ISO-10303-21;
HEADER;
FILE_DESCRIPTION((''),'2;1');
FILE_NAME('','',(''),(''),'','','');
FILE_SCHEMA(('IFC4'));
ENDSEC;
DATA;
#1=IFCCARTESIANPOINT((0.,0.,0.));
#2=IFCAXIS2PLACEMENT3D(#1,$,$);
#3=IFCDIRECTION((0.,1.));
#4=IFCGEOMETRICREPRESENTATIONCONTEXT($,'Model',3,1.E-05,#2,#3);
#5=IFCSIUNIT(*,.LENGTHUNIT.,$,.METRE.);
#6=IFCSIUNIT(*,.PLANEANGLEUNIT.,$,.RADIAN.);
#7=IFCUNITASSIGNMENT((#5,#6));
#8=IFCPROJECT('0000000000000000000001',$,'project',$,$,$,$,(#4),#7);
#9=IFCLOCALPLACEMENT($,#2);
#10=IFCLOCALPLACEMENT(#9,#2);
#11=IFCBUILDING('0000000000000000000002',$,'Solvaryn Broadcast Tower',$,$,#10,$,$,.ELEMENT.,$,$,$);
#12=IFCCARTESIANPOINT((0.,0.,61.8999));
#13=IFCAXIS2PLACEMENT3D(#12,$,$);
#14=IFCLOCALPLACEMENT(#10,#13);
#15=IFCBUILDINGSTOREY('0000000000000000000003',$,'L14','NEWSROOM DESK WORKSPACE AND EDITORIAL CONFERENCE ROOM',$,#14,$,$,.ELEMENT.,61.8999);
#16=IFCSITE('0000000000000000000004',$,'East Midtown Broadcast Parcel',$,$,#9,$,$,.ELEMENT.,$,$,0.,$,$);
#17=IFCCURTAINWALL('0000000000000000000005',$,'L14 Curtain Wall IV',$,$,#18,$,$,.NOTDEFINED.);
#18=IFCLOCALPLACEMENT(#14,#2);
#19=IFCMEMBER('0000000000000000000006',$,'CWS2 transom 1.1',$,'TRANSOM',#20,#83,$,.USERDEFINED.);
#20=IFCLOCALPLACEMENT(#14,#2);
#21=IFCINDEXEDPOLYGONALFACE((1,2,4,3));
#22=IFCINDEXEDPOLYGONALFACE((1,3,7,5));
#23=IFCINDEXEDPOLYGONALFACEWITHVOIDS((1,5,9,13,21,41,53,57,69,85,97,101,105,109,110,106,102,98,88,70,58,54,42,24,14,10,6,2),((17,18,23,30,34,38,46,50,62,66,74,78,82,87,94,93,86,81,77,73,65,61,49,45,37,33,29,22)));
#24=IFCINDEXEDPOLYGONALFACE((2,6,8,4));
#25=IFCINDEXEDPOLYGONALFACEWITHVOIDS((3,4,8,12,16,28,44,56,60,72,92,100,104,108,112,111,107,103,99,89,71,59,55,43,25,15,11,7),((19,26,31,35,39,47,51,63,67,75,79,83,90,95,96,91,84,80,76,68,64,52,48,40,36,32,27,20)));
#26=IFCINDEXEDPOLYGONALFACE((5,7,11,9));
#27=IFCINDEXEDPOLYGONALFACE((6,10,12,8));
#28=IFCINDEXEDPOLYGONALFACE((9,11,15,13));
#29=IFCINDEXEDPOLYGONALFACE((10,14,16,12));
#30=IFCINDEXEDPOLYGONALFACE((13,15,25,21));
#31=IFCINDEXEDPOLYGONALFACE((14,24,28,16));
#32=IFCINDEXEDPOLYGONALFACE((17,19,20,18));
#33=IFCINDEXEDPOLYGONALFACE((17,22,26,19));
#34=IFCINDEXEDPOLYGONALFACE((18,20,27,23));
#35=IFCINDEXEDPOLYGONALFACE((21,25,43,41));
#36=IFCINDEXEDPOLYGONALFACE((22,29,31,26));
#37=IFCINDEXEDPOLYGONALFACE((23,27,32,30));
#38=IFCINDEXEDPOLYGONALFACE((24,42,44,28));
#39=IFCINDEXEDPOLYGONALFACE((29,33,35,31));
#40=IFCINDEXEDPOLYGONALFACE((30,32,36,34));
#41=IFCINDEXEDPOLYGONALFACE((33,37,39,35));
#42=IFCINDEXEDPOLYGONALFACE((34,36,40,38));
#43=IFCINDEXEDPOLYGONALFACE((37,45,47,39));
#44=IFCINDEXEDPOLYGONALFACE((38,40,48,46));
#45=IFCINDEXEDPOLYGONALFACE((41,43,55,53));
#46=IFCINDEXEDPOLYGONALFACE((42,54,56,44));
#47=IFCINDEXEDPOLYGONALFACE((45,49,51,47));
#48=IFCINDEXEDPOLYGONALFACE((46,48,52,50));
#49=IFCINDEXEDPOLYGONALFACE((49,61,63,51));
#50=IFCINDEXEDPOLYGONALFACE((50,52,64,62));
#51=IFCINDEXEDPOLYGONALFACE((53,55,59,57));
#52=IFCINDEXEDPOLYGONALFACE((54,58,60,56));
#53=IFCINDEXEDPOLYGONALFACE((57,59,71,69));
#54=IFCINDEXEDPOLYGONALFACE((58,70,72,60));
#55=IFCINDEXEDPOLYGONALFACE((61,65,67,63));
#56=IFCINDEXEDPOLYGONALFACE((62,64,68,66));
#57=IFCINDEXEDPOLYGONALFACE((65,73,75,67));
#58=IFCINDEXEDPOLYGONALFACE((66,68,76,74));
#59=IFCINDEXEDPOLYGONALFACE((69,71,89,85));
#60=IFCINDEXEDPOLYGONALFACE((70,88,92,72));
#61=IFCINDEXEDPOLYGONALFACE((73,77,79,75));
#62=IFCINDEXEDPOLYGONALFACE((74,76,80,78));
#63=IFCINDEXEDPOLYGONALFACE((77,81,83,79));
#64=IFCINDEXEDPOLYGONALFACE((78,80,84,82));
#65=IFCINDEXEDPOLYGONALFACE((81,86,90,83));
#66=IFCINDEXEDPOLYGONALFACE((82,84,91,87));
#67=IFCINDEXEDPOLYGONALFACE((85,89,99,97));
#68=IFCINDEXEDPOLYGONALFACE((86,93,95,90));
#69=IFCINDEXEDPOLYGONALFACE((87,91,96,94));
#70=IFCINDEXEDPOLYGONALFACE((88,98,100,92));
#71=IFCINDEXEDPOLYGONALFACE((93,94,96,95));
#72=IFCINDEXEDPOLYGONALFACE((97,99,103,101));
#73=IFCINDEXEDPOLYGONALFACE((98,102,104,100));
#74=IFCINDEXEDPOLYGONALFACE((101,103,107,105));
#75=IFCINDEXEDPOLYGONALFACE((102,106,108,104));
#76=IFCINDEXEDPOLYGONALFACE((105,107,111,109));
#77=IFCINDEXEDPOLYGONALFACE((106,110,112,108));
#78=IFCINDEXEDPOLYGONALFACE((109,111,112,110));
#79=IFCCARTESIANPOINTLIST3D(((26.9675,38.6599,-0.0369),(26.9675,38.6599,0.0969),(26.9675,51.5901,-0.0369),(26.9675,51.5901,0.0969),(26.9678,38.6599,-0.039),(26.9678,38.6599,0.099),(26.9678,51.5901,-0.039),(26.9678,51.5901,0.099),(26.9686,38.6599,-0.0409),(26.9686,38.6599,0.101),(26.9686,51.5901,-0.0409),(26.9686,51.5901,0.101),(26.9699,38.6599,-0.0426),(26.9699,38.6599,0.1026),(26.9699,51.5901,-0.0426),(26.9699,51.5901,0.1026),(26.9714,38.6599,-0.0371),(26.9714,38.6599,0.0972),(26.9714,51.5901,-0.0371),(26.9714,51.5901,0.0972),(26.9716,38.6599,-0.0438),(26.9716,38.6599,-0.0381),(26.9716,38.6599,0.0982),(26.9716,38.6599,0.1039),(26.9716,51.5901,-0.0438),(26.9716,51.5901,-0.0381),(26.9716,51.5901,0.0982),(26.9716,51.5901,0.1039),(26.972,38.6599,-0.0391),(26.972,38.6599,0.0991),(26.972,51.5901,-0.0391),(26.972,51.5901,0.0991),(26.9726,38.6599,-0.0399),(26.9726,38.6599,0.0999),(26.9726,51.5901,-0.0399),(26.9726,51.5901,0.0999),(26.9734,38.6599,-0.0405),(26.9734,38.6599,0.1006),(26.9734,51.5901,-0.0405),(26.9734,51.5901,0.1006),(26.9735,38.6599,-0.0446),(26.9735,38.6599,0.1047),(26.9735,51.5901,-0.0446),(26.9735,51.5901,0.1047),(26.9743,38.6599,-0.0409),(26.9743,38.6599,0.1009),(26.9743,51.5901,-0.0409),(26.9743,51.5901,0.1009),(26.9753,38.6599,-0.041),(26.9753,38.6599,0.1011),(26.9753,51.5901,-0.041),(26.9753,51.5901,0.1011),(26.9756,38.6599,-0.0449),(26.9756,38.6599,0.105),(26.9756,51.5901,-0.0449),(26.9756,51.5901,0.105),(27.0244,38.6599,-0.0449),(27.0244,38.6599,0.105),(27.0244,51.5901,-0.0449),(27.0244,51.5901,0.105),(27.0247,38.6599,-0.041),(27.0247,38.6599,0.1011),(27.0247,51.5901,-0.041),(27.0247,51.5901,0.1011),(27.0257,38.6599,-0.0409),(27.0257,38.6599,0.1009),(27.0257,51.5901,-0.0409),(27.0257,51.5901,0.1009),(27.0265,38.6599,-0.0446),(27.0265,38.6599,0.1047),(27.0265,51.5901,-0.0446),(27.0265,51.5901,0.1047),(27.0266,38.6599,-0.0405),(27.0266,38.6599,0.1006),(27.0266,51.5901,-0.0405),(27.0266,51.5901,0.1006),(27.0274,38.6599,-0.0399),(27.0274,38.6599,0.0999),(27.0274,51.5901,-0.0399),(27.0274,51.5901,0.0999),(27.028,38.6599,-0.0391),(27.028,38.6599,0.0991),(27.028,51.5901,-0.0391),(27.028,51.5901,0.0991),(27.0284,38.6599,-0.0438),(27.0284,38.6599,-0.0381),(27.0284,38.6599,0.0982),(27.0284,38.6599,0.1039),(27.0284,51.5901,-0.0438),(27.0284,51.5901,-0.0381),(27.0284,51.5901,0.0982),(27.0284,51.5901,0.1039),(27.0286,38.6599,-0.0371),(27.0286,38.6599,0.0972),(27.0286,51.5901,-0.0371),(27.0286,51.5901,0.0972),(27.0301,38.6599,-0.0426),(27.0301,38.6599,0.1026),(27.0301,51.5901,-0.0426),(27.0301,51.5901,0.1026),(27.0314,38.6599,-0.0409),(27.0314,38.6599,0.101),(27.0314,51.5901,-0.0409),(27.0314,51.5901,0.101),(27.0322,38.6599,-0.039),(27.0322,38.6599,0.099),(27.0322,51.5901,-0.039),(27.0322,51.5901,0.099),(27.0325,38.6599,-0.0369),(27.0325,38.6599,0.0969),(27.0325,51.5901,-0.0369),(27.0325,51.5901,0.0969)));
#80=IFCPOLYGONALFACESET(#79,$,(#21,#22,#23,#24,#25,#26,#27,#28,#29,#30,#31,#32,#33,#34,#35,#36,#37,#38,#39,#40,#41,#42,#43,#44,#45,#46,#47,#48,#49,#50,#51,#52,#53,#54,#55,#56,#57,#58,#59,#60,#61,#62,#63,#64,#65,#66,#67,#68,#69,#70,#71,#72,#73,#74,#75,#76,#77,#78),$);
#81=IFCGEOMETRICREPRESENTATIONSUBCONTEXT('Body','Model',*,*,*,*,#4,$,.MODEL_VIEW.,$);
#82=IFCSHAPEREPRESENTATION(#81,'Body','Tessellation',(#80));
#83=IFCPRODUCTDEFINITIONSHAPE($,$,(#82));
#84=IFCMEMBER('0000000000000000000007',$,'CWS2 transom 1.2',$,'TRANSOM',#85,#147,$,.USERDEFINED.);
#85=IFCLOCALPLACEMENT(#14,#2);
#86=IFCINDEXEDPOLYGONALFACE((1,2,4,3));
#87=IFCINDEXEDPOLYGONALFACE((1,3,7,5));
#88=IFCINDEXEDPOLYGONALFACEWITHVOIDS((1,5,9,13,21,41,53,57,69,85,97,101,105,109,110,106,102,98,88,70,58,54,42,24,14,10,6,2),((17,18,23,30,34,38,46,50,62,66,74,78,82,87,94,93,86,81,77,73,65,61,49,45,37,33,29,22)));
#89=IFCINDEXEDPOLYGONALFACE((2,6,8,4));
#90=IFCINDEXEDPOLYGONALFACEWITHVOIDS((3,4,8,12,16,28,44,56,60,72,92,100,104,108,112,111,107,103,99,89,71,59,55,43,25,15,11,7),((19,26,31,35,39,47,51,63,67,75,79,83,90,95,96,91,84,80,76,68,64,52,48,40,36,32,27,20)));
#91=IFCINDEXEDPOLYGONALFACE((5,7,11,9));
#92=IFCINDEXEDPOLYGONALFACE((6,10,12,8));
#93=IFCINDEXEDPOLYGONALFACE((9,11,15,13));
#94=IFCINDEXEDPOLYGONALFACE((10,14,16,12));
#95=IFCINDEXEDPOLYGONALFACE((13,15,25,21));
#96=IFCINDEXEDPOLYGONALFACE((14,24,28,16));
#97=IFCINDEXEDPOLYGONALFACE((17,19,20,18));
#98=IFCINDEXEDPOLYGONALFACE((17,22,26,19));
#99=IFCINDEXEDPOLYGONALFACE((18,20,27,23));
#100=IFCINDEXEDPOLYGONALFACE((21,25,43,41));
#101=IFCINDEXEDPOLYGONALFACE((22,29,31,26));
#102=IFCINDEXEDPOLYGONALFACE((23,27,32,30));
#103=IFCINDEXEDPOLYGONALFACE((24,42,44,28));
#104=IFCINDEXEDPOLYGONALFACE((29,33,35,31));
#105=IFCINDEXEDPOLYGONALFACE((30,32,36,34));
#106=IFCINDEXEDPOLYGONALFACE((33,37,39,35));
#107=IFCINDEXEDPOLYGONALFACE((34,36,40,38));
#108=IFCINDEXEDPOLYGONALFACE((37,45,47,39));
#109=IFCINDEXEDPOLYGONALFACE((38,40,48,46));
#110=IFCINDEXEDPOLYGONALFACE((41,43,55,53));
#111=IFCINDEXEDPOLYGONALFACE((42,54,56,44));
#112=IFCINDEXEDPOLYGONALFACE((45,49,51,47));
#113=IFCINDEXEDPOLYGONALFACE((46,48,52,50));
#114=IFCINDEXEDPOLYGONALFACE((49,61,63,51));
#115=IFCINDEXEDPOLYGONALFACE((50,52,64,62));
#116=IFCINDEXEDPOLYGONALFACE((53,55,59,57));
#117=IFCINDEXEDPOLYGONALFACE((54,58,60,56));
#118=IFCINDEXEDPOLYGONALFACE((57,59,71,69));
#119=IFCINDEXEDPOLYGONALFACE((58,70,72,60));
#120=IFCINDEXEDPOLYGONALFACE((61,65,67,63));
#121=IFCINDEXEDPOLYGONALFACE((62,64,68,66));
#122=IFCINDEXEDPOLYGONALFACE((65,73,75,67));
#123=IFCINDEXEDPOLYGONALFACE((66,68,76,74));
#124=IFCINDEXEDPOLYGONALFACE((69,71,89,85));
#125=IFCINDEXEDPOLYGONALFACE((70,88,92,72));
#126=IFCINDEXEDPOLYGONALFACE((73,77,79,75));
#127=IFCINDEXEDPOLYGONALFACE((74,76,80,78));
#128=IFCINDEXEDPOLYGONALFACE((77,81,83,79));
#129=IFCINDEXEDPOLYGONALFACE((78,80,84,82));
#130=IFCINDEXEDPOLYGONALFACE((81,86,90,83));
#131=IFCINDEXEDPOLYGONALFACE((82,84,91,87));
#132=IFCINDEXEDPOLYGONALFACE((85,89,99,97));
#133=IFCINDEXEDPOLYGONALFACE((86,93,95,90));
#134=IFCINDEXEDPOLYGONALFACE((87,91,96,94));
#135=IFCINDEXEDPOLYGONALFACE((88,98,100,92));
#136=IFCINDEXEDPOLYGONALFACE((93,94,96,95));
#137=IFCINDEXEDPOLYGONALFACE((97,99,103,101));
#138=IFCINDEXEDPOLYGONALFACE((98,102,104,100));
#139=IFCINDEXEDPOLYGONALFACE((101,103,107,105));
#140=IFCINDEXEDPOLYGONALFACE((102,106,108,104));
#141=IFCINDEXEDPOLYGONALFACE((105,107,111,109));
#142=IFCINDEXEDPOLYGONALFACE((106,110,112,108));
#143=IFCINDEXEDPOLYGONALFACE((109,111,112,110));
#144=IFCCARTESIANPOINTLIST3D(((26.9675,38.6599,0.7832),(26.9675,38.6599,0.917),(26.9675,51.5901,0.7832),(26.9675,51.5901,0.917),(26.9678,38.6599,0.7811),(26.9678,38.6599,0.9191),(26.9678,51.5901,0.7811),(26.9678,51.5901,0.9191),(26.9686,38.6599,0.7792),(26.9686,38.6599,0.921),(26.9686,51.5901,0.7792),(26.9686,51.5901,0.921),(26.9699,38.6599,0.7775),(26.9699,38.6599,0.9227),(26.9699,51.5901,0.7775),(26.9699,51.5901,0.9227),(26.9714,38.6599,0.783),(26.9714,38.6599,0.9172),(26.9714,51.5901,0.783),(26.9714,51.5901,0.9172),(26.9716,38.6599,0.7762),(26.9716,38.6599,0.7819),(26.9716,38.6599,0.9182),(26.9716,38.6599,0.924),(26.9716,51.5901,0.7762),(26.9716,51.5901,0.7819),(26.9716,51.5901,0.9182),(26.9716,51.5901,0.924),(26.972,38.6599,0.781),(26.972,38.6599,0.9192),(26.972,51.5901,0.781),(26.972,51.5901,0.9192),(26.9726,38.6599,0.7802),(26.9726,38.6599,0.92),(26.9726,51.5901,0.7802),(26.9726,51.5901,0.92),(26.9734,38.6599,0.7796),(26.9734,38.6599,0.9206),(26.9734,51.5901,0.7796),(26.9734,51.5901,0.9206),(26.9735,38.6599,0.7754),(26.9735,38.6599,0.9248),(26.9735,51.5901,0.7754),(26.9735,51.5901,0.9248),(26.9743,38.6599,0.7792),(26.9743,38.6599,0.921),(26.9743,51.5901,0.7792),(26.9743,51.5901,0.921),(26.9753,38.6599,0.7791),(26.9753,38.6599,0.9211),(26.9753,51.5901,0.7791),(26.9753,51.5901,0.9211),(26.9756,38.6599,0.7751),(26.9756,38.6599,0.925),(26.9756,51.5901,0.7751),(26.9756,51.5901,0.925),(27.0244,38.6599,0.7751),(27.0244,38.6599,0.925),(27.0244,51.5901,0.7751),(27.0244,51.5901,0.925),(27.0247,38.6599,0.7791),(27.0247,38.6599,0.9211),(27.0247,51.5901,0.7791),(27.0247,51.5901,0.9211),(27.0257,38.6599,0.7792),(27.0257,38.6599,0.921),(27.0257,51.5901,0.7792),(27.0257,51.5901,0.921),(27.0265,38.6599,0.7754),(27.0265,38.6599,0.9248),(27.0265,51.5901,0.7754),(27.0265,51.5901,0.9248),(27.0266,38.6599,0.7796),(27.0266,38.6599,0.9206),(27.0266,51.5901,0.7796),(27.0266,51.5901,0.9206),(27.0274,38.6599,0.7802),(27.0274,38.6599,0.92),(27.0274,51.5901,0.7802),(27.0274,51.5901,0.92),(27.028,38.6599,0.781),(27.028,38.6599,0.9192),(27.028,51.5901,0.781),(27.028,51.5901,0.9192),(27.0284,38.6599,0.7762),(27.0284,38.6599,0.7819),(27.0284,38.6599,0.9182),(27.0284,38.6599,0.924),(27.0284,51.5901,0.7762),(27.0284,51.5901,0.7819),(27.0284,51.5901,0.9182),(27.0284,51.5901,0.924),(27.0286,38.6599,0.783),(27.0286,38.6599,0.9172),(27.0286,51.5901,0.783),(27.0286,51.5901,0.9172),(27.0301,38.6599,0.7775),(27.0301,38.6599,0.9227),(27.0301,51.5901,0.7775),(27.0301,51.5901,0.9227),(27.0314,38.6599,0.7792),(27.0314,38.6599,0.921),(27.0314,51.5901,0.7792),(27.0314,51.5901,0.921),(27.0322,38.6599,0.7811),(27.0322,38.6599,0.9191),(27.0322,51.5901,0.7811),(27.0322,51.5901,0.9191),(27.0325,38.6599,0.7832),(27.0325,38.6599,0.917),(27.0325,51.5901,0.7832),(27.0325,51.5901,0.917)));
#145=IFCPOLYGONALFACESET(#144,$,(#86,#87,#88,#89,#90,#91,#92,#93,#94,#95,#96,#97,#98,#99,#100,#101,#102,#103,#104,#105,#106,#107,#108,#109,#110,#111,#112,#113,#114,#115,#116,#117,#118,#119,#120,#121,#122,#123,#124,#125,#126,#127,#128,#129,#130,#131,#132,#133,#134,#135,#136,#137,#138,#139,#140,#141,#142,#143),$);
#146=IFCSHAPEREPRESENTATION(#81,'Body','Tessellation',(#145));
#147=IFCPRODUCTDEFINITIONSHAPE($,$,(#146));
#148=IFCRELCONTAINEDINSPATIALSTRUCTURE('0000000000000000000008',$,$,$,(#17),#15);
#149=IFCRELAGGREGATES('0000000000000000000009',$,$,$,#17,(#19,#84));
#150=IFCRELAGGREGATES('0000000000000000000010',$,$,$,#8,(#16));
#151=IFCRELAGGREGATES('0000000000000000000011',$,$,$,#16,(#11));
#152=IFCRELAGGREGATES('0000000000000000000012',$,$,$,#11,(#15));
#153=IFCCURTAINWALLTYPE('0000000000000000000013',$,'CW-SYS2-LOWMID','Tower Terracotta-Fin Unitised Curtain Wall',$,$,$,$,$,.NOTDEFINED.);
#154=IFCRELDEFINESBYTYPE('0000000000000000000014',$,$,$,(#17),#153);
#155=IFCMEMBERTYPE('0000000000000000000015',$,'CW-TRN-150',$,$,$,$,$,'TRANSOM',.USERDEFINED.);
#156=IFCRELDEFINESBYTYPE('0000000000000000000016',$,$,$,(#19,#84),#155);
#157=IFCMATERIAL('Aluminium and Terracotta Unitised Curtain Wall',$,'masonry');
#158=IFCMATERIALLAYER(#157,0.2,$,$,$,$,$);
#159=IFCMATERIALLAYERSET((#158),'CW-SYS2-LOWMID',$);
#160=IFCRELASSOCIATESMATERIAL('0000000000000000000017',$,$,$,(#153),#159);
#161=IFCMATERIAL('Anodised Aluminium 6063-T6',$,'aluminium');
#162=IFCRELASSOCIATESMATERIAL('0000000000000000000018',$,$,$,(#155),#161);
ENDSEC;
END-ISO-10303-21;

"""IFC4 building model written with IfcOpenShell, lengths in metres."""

from ifc_helpers import new_model, si_unit, direction, frame, origin, origin_2d, place, context, subcontext, project, spatial, hollow_rectangle, extrude, material, layer, layer_set, material_profile, profile_set, type_object, element, aggregate, save


model = new_model("IFC4")

# Units and contexts
model_context = context("Model", 3, precision=1e-05, world=origin(), true_north=direction((0.0, 1.0)))
body_context = subcontext(model_context, "Body", "Model", "MODEL_VIEW")
ifc_project = project(units=[si_unit("LENGTHUNIT", "METRE"), si_unit("PLANEANGLEUNIT", "RADIAN")], contexts=[model_context])

# Site, building, storey
site_placement = place(None, origin())
site = spatial("IfcSite", under=ifc_project, at=site_placement, Name="East Midtown Broadcast Parcel", CompositionType="ELEMENT", RefElevation=0.0)
building_placement = place(site_placement, origin())
building = spatial("IfcBuilding", under=site, at=building_placement, Name="Solvaryn Broadcast Tower", CompositionType="ELEMENT")
storey_placement = place(building_placement, frame((0.0, 0.0, 61.8999)))
storey = spatial("IfcBuildingStorey", under=building, at=storey_placement, Name="L14", Description="NEWSROOM DESK WORKSPACE AND EDITORIAL CONFERENCE ROOM", CompositionType="ELEMENT", Elevation=61.8999)

# Curtain wall
ifc_material_1 = material(Name="Aluminium and Terracotta Unitised Curtain Wall", Category="masonry")
ifc_layer_1 = layer(ifc_material_1, 0.2)
ifc_layer_set_1 = layer_set([ifc_layer_1], Name="CW-SYS2-LOWMID")
curtain_wall_type = type_object("IfcCurtainWallType", Name="CW-SYS2-LOWMID", Description="Tower Terracotta-Fin Unitised Curtain Wall", PredefinedType="NOTDEFINED", material=ifc_layer_set_1)
curtain_wall_1_placement = place(storey_placement, origin())
curtain_wall_1 = element("IfcCurtainWall", 1, at=curtain_wall_1_placement, inside=storey, type_object=curtain_wall_type, Name="L14 Curtain Wall IV", PredefinedType="NOTDEFINED")

# Members
ifc_material_2 = material(Name="Anodised Aluminium 6063-T6", Category="aluminium")
ifc_material_profile_1 = material_profile(ifc_material_2, hollow_rectangle(XDim=0.0649, YDim=0.1499, WallThickness=0.0039, InnerFilletRadius=0.0039, OuterFilletRadius=0.0081, at=origin_2d()))
ifc_profile_set_1 = profile_set([ifc_material_profile_1], Name="Anodised Aluminium 6063-T6")
member_type_1 = type_object("IfcMemberType", Name="CW-TRN-150", ElementType="TRANSOM", PredefinedType="USERDEFINED", material=ifc_profile_set_1)
member_1_placement = place(storey_placement, frame((27.0, 51.5901, 0.03), z_axis=(0.0, -1.0, 0.0), x_axis=(1.0, 0.0, 0.0)))
member_1 = element("IfcMember", 2, at=member_1_placement, type_object=member_type_1, Name="CWS2 transom 1.1", ObjectType="TRANSOM", PredefinedType="USERDEFINED", context=body_context, shape_type="SweptSolid", body=[
    extrude(hollow_rectangle(XDim=0.0649, YDim=0.1499, WallThickness=0.0039, InnerFilletRadius=0.0039, OuterFilletRadius=0.0081, at=origin_2d()), origin(), (0.0, 0.0, 1.0), 12.9302),
])
member_2_placement = place(storey_placement, frame((27.0, 51.5901, 0.8501), z_axis=(0.0, -1.0, 0.0), x_axis=(1.0, 0.0, 0.0)))
member_2 = element("IfcMember", 3, at=member_2_placement, type_object=member_type_1, Name="CWS2 transom 1.2", ObjectType="TRANSOM", PredefinedType="USERDEFINED", context=body_context, shape_type="SweptSolid", body=[
    extrude(hollow_rectangle(XDim=0.0649, YDim=0.1499, WallThickness=0.0039, InnerFilletRadius=0.0039, OuterFilletRadius=0.0081, at=origin_2d()), origin(), (0.0, 0.0, 1.0), 12.9302),
])

aggregate(curtain_wall_1, [member_1, member_2])

save(model, "model.ifc")
